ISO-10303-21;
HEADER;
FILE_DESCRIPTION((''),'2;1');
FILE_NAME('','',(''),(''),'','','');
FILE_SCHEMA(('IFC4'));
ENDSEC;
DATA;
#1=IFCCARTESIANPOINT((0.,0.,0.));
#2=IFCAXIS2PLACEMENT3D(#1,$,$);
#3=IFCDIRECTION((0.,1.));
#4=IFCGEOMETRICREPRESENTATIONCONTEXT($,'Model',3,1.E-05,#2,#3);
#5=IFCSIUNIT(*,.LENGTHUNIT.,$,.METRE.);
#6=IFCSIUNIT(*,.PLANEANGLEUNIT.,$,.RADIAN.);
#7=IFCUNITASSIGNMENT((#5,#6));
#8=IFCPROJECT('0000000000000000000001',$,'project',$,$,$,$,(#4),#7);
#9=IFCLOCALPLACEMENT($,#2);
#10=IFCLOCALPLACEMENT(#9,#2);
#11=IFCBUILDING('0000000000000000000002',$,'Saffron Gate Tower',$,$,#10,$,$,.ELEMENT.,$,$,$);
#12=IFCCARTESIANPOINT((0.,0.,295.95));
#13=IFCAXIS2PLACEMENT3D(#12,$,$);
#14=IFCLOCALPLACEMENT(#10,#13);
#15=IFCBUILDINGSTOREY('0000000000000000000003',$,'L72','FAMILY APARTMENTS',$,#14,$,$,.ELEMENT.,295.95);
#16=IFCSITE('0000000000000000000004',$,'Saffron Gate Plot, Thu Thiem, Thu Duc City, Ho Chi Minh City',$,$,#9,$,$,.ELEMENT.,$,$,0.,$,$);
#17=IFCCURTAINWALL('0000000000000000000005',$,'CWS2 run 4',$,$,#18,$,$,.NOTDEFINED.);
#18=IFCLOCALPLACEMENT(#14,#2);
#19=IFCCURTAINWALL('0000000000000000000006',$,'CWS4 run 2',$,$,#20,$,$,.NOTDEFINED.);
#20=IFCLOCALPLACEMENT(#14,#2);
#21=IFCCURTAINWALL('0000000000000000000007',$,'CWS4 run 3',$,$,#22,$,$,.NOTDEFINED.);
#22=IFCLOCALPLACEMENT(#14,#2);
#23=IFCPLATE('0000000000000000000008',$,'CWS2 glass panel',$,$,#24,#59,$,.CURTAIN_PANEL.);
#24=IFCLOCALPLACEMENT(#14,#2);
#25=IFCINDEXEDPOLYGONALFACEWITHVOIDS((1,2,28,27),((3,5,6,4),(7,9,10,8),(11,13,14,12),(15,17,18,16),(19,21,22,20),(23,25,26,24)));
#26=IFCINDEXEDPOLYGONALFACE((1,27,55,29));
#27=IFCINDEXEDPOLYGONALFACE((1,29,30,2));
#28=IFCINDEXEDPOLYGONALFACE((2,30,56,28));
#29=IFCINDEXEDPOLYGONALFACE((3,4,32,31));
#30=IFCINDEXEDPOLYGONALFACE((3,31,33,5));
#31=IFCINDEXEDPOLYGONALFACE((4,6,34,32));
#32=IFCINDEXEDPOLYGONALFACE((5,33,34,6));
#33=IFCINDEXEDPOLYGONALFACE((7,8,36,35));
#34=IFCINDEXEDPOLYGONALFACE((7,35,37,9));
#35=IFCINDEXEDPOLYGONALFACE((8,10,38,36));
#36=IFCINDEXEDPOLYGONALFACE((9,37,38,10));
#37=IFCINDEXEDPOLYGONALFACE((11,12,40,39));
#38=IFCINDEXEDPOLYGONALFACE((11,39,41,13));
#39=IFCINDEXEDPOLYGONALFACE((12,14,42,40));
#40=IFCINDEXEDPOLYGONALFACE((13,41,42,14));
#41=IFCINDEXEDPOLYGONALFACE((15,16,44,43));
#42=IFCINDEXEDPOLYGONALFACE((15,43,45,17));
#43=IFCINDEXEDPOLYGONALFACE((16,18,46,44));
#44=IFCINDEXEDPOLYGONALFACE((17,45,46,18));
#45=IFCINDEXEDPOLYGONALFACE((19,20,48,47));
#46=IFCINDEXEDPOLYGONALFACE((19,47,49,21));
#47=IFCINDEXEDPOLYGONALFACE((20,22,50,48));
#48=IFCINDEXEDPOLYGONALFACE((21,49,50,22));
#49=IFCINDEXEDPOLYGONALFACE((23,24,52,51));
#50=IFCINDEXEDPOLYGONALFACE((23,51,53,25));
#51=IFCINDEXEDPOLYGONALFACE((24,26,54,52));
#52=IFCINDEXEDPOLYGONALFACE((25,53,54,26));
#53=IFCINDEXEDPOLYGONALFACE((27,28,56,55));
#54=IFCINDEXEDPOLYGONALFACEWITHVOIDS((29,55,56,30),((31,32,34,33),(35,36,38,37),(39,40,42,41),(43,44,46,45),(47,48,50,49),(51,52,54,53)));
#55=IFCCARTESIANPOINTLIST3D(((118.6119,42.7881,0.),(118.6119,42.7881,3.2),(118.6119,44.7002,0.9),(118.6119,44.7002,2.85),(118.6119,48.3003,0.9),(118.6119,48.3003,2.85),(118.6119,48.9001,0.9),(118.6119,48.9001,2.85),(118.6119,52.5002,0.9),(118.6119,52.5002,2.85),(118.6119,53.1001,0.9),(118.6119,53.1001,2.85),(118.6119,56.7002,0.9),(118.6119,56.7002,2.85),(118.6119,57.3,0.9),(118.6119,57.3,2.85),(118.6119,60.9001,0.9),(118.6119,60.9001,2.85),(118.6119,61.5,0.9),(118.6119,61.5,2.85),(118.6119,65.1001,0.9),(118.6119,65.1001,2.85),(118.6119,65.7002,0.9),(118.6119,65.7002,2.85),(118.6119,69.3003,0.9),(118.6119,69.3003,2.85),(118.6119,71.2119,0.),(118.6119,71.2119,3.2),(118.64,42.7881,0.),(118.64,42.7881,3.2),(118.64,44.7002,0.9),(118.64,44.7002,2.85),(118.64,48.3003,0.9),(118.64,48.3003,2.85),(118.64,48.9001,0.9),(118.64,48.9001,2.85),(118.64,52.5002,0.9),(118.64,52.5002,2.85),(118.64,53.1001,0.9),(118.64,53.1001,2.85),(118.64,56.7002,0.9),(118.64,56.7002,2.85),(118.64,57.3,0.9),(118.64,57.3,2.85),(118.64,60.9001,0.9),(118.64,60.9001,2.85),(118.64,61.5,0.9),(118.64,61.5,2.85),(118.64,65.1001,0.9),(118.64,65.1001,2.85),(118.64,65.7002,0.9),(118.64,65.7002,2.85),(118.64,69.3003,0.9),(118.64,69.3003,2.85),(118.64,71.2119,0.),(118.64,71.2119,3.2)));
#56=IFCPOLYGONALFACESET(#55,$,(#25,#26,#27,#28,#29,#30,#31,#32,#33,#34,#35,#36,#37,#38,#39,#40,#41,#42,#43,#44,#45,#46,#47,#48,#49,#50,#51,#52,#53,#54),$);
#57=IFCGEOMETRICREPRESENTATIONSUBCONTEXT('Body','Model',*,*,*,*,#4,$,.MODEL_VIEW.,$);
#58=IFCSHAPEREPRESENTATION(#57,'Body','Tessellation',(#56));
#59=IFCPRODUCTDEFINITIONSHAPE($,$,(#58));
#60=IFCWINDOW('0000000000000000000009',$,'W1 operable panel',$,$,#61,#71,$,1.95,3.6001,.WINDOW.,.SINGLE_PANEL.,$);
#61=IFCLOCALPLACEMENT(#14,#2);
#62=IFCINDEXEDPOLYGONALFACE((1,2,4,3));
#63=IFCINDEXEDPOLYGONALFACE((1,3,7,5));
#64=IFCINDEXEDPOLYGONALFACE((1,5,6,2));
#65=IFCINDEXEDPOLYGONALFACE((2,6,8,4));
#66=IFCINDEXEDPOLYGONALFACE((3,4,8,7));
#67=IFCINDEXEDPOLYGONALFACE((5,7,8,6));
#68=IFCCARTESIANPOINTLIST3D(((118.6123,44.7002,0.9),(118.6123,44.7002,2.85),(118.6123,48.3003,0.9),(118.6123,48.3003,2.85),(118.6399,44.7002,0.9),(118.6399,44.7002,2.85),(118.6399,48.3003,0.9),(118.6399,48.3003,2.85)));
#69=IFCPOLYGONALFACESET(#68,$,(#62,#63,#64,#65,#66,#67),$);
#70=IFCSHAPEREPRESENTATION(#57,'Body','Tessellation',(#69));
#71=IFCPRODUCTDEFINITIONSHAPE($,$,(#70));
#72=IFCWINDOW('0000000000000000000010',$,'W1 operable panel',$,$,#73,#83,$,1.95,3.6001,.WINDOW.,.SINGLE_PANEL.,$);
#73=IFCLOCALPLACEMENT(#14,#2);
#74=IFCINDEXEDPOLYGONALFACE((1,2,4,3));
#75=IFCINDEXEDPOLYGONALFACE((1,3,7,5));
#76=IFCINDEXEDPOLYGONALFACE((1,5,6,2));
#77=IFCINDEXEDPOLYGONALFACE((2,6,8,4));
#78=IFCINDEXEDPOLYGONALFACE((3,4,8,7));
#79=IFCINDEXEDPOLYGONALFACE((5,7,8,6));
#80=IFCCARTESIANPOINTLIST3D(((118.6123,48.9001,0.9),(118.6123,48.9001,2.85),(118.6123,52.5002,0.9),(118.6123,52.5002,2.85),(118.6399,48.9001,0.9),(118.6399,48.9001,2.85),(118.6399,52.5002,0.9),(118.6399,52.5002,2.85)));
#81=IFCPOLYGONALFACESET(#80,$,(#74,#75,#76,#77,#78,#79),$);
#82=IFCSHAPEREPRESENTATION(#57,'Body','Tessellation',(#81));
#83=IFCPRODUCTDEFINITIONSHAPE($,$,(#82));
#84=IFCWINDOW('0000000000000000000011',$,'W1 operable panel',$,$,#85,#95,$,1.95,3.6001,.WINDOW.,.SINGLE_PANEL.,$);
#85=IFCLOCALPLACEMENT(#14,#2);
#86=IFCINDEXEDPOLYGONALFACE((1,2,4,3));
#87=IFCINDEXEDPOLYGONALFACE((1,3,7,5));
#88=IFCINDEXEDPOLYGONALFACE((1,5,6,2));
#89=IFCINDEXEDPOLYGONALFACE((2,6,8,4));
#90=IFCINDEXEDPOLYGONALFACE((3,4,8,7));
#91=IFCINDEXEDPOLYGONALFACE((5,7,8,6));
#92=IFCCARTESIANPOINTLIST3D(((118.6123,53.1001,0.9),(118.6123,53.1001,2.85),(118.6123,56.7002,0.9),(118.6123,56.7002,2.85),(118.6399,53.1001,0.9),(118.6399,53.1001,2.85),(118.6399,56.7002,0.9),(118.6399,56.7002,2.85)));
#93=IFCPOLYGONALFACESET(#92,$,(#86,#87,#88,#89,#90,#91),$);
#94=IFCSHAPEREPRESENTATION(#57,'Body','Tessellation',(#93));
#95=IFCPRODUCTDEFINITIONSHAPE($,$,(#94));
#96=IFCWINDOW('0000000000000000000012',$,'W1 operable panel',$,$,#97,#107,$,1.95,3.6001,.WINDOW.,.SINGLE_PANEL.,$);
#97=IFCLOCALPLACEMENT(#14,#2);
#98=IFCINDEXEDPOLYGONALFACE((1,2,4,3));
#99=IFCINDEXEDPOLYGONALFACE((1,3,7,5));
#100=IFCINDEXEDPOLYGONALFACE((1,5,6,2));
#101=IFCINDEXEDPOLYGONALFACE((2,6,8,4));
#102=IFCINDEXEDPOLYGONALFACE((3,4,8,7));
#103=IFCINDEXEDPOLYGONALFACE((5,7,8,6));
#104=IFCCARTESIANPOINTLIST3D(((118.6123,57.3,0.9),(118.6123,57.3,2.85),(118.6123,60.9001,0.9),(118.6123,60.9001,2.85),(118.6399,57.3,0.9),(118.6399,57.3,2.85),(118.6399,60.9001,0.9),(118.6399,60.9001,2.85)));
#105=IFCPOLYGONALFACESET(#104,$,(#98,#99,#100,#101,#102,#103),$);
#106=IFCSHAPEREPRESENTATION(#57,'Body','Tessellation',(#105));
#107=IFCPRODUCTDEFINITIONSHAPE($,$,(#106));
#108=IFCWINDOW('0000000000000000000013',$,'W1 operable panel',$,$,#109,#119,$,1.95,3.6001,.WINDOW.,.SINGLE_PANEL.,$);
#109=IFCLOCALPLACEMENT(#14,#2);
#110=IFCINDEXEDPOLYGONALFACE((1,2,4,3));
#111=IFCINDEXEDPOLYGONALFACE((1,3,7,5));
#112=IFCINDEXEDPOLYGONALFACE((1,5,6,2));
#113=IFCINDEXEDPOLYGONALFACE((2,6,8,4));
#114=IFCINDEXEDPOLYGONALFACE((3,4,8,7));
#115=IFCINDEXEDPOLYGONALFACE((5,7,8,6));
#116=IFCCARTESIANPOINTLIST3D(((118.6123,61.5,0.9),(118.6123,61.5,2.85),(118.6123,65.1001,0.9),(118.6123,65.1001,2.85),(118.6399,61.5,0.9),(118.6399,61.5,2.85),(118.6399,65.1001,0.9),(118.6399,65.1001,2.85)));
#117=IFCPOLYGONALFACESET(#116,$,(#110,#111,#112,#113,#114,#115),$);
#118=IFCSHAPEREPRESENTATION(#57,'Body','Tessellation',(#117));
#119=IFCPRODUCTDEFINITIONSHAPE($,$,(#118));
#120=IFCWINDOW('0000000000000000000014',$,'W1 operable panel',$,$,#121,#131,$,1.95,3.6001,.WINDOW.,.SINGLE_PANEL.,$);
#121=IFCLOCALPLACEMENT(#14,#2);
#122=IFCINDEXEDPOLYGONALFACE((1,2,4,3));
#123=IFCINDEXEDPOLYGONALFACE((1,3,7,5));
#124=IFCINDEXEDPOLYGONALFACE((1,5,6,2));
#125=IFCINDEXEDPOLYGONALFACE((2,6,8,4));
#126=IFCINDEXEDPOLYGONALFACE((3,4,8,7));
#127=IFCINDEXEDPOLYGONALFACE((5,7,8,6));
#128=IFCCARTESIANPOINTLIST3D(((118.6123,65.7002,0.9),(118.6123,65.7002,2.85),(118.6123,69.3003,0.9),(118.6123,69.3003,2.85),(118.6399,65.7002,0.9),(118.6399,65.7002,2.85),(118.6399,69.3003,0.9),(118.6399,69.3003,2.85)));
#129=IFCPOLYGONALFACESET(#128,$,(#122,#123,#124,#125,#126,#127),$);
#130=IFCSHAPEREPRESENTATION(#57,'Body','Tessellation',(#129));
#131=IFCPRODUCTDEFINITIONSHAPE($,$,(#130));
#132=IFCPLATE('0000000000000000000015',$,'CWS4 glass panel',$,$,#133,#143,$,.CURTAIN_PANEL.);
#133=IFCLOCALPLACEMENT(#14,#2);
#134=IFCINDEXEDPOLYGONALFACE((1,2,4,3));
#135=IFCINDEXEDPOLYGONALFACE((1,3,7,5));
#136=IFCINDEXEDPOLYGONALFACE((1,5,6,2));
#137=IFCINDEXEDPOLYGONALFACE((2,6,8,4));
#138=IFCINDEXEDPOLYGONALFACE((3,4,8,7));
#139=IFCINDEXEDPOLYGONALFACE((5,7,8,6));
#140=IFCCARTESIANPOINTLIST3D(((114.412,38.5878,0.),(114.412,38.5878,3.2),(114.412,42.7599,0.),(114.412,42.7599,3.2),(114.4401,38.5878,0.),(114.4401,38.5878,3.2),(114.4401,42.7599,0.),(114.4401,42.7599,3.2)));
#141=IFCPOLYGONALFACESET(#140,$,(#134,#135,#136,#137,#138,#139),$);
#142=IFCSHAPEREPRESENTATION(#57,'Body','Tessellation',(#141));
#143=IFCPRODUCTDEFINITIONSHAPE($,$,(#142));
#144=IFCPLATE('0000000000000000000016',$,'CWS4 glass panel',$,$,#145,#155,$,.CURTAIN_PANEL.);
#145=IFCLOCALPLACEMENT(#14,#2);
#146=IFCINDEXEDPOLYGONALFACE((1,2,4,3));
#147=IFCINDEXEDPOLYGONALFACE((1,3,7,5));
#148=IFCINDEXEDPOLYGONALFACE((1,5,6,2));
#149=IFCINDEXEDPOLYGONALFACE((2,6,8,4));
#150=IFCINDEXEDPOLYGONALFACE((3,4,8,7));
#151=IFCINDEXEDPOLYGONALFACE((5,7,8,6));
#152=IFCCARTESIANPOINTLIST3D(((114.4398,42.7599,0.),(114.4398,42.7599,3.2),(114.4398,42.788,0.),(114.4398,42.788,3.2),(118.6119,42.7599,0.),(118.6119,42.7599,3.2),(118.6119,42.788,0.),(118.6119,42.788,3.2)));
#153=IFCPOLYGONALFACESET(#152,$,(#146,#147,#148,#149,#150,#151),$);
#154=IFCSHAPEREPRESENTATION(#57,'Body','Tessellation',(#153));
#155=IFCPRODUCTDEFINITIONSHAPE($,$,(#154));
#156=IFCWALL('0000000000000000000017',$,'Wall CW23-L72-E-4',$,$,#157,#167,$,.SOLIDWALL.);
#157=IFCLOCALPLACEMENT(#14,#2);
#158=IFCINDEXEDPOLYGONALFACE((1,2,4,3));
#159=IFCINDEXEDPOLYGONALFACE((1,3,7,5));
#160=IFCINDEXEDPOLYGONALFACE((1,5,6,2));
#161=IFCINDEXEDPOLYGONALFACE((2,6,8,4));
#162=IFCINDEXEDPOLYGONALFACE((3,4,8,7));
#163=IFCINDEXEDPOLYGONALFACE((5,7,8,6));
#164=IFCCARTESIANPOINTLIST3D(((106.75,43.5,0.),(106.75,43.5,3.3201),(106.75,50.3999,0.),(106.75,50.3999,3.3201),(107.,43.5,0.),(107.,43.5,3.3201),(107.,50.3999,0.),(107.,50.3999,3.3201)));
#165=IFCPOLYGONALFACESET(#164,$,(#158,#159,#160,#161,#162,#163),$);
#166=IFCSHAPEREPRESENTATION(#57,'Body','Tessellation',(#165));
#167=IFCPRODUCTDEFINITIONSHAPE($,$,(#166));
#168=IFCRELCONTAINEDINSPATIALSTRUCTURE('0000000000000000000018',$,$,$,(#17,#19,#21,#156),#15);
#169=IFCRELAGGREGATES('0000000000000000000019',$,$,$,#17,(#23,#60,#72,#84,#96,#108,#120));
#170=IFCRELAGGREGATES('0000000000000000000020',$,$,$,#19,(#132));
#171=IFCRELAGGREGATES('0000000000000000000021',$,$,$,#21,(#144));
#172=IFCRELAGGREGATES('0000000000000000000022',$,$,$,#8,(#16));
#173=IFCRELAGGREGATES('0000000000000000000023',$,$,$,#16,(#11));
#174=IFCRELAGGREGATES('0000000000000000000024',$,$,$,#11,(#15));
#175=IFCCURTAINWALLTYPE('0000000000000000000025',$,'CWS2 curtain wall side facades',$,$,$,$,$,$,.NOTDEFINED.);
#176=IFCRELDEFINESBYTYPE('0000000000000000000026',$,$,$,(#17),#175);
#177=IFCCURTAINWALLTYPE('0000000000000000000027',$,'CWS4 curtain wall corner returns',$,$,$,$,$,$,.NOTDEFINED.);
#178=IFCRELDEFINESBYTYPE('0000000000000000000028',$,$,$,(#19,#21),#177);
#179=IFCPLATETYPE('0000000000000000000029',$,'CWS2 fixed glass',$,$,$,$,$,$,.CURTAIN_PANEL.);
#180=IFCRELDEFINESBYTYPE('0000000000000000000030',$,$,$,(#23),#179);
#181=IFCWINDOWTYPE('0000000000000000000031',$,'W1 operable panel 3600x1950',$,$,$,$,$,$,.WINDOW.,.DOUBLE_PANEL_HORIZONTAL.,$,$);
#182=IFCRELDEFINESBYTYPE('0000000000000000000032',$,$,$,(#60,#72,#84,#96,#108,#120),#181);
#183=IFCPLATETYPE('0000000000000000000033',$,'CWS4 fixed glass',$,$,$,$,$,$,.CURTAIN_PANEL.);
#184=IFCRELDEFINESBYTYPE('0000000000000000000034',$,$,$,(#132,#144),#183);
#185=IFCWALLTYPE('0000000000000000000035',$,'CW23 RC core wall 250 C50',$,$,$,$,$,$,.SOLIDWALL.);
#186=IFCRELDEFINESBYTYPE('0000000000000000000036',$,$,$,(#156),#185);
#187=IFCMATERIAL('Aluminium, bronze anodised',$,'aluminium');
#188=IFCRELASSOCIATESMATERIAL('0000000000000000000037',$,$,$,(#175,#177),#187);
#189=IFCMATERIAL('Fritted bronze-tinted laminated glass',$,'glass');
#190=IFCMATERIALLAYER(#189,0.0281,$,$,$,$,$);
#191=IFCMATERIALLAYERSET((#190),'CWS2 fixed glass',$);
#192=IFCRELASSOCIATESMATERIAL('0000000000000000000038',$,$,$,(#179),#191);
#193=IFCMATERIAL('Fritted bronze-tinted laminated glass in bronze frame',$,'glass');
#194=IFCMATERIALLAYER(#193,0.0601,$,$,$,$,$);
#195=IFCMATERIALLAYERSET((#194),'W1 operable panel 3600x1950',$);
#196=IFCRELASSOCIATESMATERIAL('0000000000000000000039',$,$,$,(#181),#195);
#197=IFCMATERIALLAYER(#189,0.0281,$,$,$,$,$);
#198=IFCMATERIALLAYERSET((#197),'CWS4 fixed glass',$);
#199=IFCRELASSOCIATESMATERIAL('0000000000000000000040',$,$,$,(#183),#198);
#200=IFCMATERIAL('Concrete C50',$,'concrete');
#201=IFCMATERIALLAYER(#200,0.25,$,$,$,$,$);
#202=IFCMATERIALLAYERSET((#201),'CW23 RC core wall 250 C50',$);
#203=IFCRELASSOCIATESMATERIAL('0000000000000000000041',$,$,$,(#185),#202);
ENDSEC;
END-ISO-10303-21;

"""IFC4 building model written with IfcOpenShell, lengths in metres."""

from ifc_helpers import new_model, si_unit, direction, frame, frame_2d, origin, place, context, subcontext, project, spatial, rectangle, extrude, material, layer, layer_set, type_object, element, fill, aggregate, save


model = new_model("IFC4")

# Units and contexts
model_context = context("Model", 3, precision=1e-05, world=origin(), true_north=direction((0.0, 1.0)))
body_context = subcontext(model_context, "Body", "Model", "MODEL_VIEW")
ifc_project = project(units=[si_unit("LENGTHUNIT", "METRE"), si_unit("PLANEANGLEUNIT", "RADIAN")], contexts=[model_context])

# Site, building, storey
site_placement = place(None, origin())
site = spatial("IfcSite", under=ifc_project, at=site_placement, Name="Saffron Gate Plot, Thu Thiem, Thu Duc City, Ho Chi Minh City", CompositionType="ELEMENT", RefElevation=0.0)
building_placement = place(site_placement, origin())
building = spatial("IfcBuilding", under=site, at=building_placement, Name="Saffron Gate Tower", CompositionType="ELEMENT")
storey_placement = place(building_placement, frame((0.0, 0.0, 295.95)))
storey = spatial("IfcBuildingStorey", under=building, at=storey_placement, Name="L72", Description="FAMILY APARTMENTS", CompositionType="ELEMENT", Elevation=295.95)

# Shared definitions
ifc_material_1 = material(Name="Aluminium, bronze anodised", Category="aluminium")

# Curtain wall
curtain_wall_type_1 = type_object("IfcCurtainWallType", Name="CWS2 curtain wall side facades", PredefinedType="NOTDEFINED", material=ifc_material_1)
curtain_wall_1_placement = place(storey_placement, origin())
curtain_wall_1 = element("IfcCurtainWall", 1, at=curtain_wall_1_placement, inside=storey, type_object=curtain_wall_type_1, Name="CWS2 run 4", PredefinedType="NOTDEFINED")

# Curtain walls
curtain_wall_type_2 = type_object("IfcCurtainWallType", Name="CWS4 curtain wall corner returns", PredefinedType="NOTDEFINED", material=ifc_material_1)
curtain_wall_2_placement = place(storey_placement, origin())
curtain_wall_2 = element("IfcCurtainWall", 2, at=curtain_wall_2_placement, inside=storey, type_object=curtain_wall_type_2, Name="CWS4 run 2", PredefinedType="NOTDEFINED")
curtain_wall_3_placement = place(storey_placement, origin())
curtain_wall_3 = element("IfcCurtainWall", 3, at=curtain_wall_3_placement, inside=storey, type_object=curtain_wall_type_2, Name="CWS4 run 3", PredefinedType="NOTDEFINED")

# Plate, openings, windows
ifc_material_2 = material(Name="Fritted bronze-tinted laminated glass", Category="glass")
ifc_layer_1 = layer(ifc_material_2, 0.0281)
ifc_layer_set_1 = layer_set([ifc_layer_1], Name="CWS2 fixed glass")
plate_type_1 = type_object("IfcPlateType", Name="CWS2 fixed glass", PredefinedType="CURTAIN_PANEL", material=ifc_layer_set_1)
plate_1_placement = place(storey_placement, frame((118.626, 42.7881, 0.0), z_axis=(0.0, 0.0, 1.0), x_axis=(0.0, 1.0, 0.0)))
plate_1 = element("IfcPlate", 4, at=plate_1_placement, type_object=plate_type_1, Name="CWS2 glass panel", PredefinedType="CURTAIN_PANEL", context=body_context, shape_type="SweptSolid", body=[
    extrude(rectangle(XDim=28.4238, YDim=0.0281, at=frame_2d((14.2119, 0.0))), origin(), (0.0, 0.0, 1.0), 3.2),
])
opening_1_placement = place(plate_1_placement, frame((1.9121, 0.0, 0.8999)))
opening_1 = element("IfcOpeningElement", 5, at=opening_1_placement, cuts=plate_1, PredefinedType="OPENING", context=body_context, shape_type="SweptSolid", body=[
    extrude(rectangle(XDim=3.6001, YDim=1.95, at=frame_2d((1.8, 0.9751))), frame((0.0, 0.0239, 0.0), z_axis=(0.0, -1.0, 0.0), x_axis=(1.0, 0.0, 0.0)), (0.0, 0.0, 1.0), 0.0481),
])
opening_2_placement = place(plate_1_placement, frame((6.1121, 0.0, 0.8999)))
opening_2 = element("IfcOpeningElement", 6, at=opening_2_placement, cuts=plate_1, PredefinedType="OPENING", context=body_context, shape_type="SweptSolid", body=[
    extrude(rectangle(XDim=3.6001, YDim=1.95, at=frame_2d((1.8, 0.9751))), frame((0.0, 0.0239, 0.0), z_axis=(0.0, -1.0, 0.0), x_axis=(1.0, 0.0, 0.0)), (0.0, 0.0, 1.0), 0.0481),
])
opening_3_placement = place(plate_1_placement, frame((10.312, 0.0, 0.8999)))
opening_3 = element("IfcOpeningElement", 7, at=opening_3_placement, cuts=plate_1, PredefinedType="OPENING", context=body_context, shape_type="SweptSolid", body=[
    extrude(rectangle(XDim=3.6001, YDim=1.95, at=frame_2d((1.8, 0.9751))), frame((0.0, 0.0239, 0.0), z_axis=(0.0, -1.0, 0.0), x_axis=(1.0, 0.0, 0.0)), (0.0, 0.0, 1.0), 0.0481),
])
opening_4_placement = place(plate_1_placement, frame((14.512, 0.0, 0.8999)))
opening_4 = element("IfcOpeningElement", 8, at=opening_4_placement, cuts=plate_1, PredefinedType="OPENING", context=body_context, shape_type="SweptSolid", body=[
    extrude(rectangle(XDim=3.6001, YDim=1.95, at=frame_2d((1.8, 0.9751))), frame((0.0, 0.0239, 0.0), z_axis=(0.0, -1.0, 0.0), x_axis=(1.0, 0.0, 0.0)), (0.0, 0.0, 1.0), 0.0481),
])
opening_5_placement = place(plate_1_placement, frame((18.7119, 0.0, 0.8999)))
opening_5 = element("IfcOpeningElement", 9, at=opening_5_placement, cuts=plate_1, PredefinedType="OPENING", context=body_context, shape_type="SweptSolid", body=[
    extrude(rectangle(XDim=3.6001, YDim=1.95, at=frame_2d((1.8, 0.9751))), frame((0.0, 0.0239, 0.0), z_axis=(0.0, -1.0, 0.0), x_axis=(1.0, 0.0, 0.0)), (0.0, 0.0, 1.0), 0.0481),
])
opening_6_placement = place(plate_1_placement, frame((22.9121, 0.0, 0.8999)))
opening_6 = element("IfcOpeningElement", 10, at=opening_6_placement, cuts=plate_1, PredefinedType="OPENING", context=body_context, shape_type="SweptSolid", body=[
    extrude(rectangle(XDim=3.6001, YDim=1.95, at=frame_2d((1.8, 0.9751))), frame((0.0, 0.0239, 0.0), z_axis=(0.0, -1.0, 0.0), x_axis=(1.0, 0.0, 0.0)), (0.0, 0.0, 1.0), 0.0481),
])
ifc_material_3 = material(Name="Fritted bronze-tinted laminated glass in bronze frame", Category="glass")
ifc_layer_2 = layer(ifc_material_3, 0.0601)
ifc_layer_set_2 = layer_set([ifc_layer_2], Name="W1 operable panel 3600x1950")
window_type = type_object("IfcWindowType", Name="W1 operable panel 3600x1950", PartitioningType="DOUBLE_PANEL_HORIZONTAL", PredefinedType="WINDOW", material=ifc_layer_set_2)
window_1_placement = place(opening_1_placement, origin())
window_1 = element("IfcWindow", 11, at=window_1_placement, type_object=window_type, Name="W1 operable panel", OverallHeight=1.95, OverallWidth=3.6001, PartitioningType="SINGLE_PANEL", PredefinedType="WINDOW", context=body_context, shape_type="SweptSolid", body=[
    extrude(rectangle(XDim=3.6001, YDim=1.95, at=frame_2d((1.8, 0.9751))), frame((0.0, 0.0137, 0.0), z_axis=(0.0, -1.0, 0.0), x_axis=(1.0, 0.0, 0.0)), (0.0, 0.0, 1.0), 0.0276),
])
fill(opening_1, window_1)
window_2_placement = place(opening_2_placement, origin())
window_2 = element("IfcWindow", 12, at=window_2_placement, type_object=window_type, Name="W1 operable panel", OverallHeight=1.95, OverallWidth=3.6001, PartitioningType="SINGLE_PANEL", PredefinedType="WINDOW", context=body_context, shape_type="SweptSolid", body=[
    extrude(rectangle(XDim=3.6001, YDim=1.95, at=frame_2d((1.8, 0.9751))), frame((0.0, 0.0137, 0.0), z_axis=(0.0, -1.0, 0.0), x_axis=(1.0, 0.0, 0.0)), (0.0, 0.0, 1.0), 0.0276),
])
fill(opening_2, window_2)
window_3_placement = place(opening_3_placement, origin())
window_3 = element("IfcWindow", 13, at=window_3_placement, type_object=window_type, Name="W1 operable panel", OverallHeight=1.95, OverallWidth=3.6001, PartitioningType="SINGLE_PANEL", PredefinedType="WINDOW", context=body_context, shape_type="SweptSolid", body=[
    extrude(rectangle(XDim=3.6001, YDim=1.95, at=frame_2d((1.8, 0.9751))), frame((0.0, 0.0137, 0.0), z_axis=(0.0, -1.0, 0.0), x_axis=(1.0, 0.0, 0.0)), (0.0, 0.0, 1.0), 0.0276),
])
fill(opening_3, window_3)
window_4_placement = place(opening_4_placement, origin())
window_4 = element("IfcWindow", 14, at=window_4_placement, type_object=window_type, Name="W1 operable panel", OverallHeight=1.95, OverallWidth=3.6001, PartitioningType="SINGLE_PANEL", PredefinedType="WINDOW", context=body_context, shape_type="SweptSolid", body=[
    extrude(rectangle(XDim=3.6001, YDim=1.95, at=frame_2d((1.8, 0.9751))), frame((0.0, 0.0137, 0.0), z_axis=(0.0, -1.0, 0.0), x_axis=(1.0, 0.0, 0.0)), (0.0, 0.0, 1.0), 0.0276),
])
fill(opening_4, window_4)
window_5_placement = place(opening_5_placement, origin())
window_5 = element("IfcWindow", 15, at=window_5_placement, type_object=window_type, Name="W1 operable panel", OverallHeight=1.95, OverallWidth=3.6001, PartitioningType="SINGLE_PANEL", PredefinedType="WINDOW", context=body_context, shape_type="SweptSolid", body=[
    extrude(rectangle(XDim=3.6001, YDim=1.95, at=frame_2d((1.8, 0.9751))), frame((0.0, 0.0137, 0.0), z_axis=(0.0, -1.0, 0.0), x_axis=(1.0, 0.0, 0.0)), (0.0, 0.0, 1.0), 0.0276),
])
fill(opening_5, window_5)
window_6_placement = place(opening_6_placement, origin())
window_6 = element("IfcWindow", 16, at=window_6_placement, type_object=window_type, Name="W1 operable panel", OverallHeight=1.95, OverallWidth=3.6001, PartitioningType="SINGLE_PANEL", PredefinedType="WINDOW", context=body_context, shape_type="SweptSolid", body=[
    extrude(rectangle(XDim=3.6001, YDim=1.95, at=frame_2d((1.8, 0.9751))), frame((0.0, 0.0137, 0.0), z_axis=(0.0, -1.0, 0.0), x_axis=(1.0, 0.0, 0.0)), (0.0, 0.0, 1.0), 0.0276),
])
fill(opening_6, window_6)
aggregate(curtain_wall_1, [plate_1, window_1, window_2, window_3, window_4, window_5, window_6])

# Plates
ifc_layer_3 = layer(ifc_material_2, 0.0281)
ifc_layer_set_3 = layer_set([ifc_layer_3], Name="CWS4 fixed glass")
plate_type_2 = type_object("IfcPlateType", Name="CWS4 fixed glass", PredefinedType="CURTAIN_PANEL", material=ifc_layer_set_3)
plate_2_placement = place(storey_placement, frame((114.426, 38.5879, 0.0), z_axis=(0.0, 0.0, 1.0), x_axis=(0.0, 1.0, 0.0)))
plate_2 = element("IfcPlate", 17, at=plate_2_placement, type_object=plate_type_2, Name="CWS4 glass panel", PredefinedType="CURTAIN_PANEL", context=body_context, shape_type="SweptSolid", body=[
    extrude(rectangle(XDim=4.1721, YDim=0.0281, at=frame_2d((2.0859, 0.0))), origin(), (0.0, 0.0, 1.0), 3.2),
])
aggregate(curtain_wall_2, [plate_2])
plate_3_placement = place(storey_placement, frame((114.4399, 42.7739, 0.0), z_axis=(0.0, 0.0, 1.0), x_axis=(1.0, 0.0, 0.0)))
plate_3 = element("IfcPlate", 18, at=plate_3_placement, type_object=plate_type_2, Name="CWS4 glass panel", PredefinedType="CURTAIN_PANEL", context=body_context, shape_type="SweptSolid", body=[
    extrude(rectangle(XDim=4.1721, YDim=0.0281, at=frame_2d((2.0859, 0.0))), origin(), (0.0, 0.0, 1.0), 3.2),
])
aggregate(curtain_wall_3, [plate_3])

# Wall
ifc_material_4 = material(Name="Concrete C50", Category="concrete")
ifc_layer_4 = layer(ifc_material_4, 0.25)
ifc_layer_set_4 = layer_set([ifc_layer_4], Name="CW23 RC core wall 250 C50")
wall_type_1 = type_object("IfcWallType", Name="CW23 RC core wall 250 C50", PredefinedType="SOLIDWALL", material=ifc_layer_set_4)
wall_1_placement = place(storey_placement, frame((106.875, 43.5, 0.0), z_axis=(0.0, 0.0, 1.0), x_axis=(0.0, 1.0, 0.0)))
element("IfcWall", 19, at=wall_1_placement, inside=storey, type_object=wall_type_1, Name="Wall CW23-L72-E-4", PredefinedType="SOLIDWALL", context=body_context, shape_type="SweptSolid", body=[
    extrude(rectangle(XDim=6.8999, YDim=0.25, at=frame_2d((3.45, 0.0))), origin(), (0.0, 0.0, 1.0), 3.3201),
])

save(model, "model.ifc")
